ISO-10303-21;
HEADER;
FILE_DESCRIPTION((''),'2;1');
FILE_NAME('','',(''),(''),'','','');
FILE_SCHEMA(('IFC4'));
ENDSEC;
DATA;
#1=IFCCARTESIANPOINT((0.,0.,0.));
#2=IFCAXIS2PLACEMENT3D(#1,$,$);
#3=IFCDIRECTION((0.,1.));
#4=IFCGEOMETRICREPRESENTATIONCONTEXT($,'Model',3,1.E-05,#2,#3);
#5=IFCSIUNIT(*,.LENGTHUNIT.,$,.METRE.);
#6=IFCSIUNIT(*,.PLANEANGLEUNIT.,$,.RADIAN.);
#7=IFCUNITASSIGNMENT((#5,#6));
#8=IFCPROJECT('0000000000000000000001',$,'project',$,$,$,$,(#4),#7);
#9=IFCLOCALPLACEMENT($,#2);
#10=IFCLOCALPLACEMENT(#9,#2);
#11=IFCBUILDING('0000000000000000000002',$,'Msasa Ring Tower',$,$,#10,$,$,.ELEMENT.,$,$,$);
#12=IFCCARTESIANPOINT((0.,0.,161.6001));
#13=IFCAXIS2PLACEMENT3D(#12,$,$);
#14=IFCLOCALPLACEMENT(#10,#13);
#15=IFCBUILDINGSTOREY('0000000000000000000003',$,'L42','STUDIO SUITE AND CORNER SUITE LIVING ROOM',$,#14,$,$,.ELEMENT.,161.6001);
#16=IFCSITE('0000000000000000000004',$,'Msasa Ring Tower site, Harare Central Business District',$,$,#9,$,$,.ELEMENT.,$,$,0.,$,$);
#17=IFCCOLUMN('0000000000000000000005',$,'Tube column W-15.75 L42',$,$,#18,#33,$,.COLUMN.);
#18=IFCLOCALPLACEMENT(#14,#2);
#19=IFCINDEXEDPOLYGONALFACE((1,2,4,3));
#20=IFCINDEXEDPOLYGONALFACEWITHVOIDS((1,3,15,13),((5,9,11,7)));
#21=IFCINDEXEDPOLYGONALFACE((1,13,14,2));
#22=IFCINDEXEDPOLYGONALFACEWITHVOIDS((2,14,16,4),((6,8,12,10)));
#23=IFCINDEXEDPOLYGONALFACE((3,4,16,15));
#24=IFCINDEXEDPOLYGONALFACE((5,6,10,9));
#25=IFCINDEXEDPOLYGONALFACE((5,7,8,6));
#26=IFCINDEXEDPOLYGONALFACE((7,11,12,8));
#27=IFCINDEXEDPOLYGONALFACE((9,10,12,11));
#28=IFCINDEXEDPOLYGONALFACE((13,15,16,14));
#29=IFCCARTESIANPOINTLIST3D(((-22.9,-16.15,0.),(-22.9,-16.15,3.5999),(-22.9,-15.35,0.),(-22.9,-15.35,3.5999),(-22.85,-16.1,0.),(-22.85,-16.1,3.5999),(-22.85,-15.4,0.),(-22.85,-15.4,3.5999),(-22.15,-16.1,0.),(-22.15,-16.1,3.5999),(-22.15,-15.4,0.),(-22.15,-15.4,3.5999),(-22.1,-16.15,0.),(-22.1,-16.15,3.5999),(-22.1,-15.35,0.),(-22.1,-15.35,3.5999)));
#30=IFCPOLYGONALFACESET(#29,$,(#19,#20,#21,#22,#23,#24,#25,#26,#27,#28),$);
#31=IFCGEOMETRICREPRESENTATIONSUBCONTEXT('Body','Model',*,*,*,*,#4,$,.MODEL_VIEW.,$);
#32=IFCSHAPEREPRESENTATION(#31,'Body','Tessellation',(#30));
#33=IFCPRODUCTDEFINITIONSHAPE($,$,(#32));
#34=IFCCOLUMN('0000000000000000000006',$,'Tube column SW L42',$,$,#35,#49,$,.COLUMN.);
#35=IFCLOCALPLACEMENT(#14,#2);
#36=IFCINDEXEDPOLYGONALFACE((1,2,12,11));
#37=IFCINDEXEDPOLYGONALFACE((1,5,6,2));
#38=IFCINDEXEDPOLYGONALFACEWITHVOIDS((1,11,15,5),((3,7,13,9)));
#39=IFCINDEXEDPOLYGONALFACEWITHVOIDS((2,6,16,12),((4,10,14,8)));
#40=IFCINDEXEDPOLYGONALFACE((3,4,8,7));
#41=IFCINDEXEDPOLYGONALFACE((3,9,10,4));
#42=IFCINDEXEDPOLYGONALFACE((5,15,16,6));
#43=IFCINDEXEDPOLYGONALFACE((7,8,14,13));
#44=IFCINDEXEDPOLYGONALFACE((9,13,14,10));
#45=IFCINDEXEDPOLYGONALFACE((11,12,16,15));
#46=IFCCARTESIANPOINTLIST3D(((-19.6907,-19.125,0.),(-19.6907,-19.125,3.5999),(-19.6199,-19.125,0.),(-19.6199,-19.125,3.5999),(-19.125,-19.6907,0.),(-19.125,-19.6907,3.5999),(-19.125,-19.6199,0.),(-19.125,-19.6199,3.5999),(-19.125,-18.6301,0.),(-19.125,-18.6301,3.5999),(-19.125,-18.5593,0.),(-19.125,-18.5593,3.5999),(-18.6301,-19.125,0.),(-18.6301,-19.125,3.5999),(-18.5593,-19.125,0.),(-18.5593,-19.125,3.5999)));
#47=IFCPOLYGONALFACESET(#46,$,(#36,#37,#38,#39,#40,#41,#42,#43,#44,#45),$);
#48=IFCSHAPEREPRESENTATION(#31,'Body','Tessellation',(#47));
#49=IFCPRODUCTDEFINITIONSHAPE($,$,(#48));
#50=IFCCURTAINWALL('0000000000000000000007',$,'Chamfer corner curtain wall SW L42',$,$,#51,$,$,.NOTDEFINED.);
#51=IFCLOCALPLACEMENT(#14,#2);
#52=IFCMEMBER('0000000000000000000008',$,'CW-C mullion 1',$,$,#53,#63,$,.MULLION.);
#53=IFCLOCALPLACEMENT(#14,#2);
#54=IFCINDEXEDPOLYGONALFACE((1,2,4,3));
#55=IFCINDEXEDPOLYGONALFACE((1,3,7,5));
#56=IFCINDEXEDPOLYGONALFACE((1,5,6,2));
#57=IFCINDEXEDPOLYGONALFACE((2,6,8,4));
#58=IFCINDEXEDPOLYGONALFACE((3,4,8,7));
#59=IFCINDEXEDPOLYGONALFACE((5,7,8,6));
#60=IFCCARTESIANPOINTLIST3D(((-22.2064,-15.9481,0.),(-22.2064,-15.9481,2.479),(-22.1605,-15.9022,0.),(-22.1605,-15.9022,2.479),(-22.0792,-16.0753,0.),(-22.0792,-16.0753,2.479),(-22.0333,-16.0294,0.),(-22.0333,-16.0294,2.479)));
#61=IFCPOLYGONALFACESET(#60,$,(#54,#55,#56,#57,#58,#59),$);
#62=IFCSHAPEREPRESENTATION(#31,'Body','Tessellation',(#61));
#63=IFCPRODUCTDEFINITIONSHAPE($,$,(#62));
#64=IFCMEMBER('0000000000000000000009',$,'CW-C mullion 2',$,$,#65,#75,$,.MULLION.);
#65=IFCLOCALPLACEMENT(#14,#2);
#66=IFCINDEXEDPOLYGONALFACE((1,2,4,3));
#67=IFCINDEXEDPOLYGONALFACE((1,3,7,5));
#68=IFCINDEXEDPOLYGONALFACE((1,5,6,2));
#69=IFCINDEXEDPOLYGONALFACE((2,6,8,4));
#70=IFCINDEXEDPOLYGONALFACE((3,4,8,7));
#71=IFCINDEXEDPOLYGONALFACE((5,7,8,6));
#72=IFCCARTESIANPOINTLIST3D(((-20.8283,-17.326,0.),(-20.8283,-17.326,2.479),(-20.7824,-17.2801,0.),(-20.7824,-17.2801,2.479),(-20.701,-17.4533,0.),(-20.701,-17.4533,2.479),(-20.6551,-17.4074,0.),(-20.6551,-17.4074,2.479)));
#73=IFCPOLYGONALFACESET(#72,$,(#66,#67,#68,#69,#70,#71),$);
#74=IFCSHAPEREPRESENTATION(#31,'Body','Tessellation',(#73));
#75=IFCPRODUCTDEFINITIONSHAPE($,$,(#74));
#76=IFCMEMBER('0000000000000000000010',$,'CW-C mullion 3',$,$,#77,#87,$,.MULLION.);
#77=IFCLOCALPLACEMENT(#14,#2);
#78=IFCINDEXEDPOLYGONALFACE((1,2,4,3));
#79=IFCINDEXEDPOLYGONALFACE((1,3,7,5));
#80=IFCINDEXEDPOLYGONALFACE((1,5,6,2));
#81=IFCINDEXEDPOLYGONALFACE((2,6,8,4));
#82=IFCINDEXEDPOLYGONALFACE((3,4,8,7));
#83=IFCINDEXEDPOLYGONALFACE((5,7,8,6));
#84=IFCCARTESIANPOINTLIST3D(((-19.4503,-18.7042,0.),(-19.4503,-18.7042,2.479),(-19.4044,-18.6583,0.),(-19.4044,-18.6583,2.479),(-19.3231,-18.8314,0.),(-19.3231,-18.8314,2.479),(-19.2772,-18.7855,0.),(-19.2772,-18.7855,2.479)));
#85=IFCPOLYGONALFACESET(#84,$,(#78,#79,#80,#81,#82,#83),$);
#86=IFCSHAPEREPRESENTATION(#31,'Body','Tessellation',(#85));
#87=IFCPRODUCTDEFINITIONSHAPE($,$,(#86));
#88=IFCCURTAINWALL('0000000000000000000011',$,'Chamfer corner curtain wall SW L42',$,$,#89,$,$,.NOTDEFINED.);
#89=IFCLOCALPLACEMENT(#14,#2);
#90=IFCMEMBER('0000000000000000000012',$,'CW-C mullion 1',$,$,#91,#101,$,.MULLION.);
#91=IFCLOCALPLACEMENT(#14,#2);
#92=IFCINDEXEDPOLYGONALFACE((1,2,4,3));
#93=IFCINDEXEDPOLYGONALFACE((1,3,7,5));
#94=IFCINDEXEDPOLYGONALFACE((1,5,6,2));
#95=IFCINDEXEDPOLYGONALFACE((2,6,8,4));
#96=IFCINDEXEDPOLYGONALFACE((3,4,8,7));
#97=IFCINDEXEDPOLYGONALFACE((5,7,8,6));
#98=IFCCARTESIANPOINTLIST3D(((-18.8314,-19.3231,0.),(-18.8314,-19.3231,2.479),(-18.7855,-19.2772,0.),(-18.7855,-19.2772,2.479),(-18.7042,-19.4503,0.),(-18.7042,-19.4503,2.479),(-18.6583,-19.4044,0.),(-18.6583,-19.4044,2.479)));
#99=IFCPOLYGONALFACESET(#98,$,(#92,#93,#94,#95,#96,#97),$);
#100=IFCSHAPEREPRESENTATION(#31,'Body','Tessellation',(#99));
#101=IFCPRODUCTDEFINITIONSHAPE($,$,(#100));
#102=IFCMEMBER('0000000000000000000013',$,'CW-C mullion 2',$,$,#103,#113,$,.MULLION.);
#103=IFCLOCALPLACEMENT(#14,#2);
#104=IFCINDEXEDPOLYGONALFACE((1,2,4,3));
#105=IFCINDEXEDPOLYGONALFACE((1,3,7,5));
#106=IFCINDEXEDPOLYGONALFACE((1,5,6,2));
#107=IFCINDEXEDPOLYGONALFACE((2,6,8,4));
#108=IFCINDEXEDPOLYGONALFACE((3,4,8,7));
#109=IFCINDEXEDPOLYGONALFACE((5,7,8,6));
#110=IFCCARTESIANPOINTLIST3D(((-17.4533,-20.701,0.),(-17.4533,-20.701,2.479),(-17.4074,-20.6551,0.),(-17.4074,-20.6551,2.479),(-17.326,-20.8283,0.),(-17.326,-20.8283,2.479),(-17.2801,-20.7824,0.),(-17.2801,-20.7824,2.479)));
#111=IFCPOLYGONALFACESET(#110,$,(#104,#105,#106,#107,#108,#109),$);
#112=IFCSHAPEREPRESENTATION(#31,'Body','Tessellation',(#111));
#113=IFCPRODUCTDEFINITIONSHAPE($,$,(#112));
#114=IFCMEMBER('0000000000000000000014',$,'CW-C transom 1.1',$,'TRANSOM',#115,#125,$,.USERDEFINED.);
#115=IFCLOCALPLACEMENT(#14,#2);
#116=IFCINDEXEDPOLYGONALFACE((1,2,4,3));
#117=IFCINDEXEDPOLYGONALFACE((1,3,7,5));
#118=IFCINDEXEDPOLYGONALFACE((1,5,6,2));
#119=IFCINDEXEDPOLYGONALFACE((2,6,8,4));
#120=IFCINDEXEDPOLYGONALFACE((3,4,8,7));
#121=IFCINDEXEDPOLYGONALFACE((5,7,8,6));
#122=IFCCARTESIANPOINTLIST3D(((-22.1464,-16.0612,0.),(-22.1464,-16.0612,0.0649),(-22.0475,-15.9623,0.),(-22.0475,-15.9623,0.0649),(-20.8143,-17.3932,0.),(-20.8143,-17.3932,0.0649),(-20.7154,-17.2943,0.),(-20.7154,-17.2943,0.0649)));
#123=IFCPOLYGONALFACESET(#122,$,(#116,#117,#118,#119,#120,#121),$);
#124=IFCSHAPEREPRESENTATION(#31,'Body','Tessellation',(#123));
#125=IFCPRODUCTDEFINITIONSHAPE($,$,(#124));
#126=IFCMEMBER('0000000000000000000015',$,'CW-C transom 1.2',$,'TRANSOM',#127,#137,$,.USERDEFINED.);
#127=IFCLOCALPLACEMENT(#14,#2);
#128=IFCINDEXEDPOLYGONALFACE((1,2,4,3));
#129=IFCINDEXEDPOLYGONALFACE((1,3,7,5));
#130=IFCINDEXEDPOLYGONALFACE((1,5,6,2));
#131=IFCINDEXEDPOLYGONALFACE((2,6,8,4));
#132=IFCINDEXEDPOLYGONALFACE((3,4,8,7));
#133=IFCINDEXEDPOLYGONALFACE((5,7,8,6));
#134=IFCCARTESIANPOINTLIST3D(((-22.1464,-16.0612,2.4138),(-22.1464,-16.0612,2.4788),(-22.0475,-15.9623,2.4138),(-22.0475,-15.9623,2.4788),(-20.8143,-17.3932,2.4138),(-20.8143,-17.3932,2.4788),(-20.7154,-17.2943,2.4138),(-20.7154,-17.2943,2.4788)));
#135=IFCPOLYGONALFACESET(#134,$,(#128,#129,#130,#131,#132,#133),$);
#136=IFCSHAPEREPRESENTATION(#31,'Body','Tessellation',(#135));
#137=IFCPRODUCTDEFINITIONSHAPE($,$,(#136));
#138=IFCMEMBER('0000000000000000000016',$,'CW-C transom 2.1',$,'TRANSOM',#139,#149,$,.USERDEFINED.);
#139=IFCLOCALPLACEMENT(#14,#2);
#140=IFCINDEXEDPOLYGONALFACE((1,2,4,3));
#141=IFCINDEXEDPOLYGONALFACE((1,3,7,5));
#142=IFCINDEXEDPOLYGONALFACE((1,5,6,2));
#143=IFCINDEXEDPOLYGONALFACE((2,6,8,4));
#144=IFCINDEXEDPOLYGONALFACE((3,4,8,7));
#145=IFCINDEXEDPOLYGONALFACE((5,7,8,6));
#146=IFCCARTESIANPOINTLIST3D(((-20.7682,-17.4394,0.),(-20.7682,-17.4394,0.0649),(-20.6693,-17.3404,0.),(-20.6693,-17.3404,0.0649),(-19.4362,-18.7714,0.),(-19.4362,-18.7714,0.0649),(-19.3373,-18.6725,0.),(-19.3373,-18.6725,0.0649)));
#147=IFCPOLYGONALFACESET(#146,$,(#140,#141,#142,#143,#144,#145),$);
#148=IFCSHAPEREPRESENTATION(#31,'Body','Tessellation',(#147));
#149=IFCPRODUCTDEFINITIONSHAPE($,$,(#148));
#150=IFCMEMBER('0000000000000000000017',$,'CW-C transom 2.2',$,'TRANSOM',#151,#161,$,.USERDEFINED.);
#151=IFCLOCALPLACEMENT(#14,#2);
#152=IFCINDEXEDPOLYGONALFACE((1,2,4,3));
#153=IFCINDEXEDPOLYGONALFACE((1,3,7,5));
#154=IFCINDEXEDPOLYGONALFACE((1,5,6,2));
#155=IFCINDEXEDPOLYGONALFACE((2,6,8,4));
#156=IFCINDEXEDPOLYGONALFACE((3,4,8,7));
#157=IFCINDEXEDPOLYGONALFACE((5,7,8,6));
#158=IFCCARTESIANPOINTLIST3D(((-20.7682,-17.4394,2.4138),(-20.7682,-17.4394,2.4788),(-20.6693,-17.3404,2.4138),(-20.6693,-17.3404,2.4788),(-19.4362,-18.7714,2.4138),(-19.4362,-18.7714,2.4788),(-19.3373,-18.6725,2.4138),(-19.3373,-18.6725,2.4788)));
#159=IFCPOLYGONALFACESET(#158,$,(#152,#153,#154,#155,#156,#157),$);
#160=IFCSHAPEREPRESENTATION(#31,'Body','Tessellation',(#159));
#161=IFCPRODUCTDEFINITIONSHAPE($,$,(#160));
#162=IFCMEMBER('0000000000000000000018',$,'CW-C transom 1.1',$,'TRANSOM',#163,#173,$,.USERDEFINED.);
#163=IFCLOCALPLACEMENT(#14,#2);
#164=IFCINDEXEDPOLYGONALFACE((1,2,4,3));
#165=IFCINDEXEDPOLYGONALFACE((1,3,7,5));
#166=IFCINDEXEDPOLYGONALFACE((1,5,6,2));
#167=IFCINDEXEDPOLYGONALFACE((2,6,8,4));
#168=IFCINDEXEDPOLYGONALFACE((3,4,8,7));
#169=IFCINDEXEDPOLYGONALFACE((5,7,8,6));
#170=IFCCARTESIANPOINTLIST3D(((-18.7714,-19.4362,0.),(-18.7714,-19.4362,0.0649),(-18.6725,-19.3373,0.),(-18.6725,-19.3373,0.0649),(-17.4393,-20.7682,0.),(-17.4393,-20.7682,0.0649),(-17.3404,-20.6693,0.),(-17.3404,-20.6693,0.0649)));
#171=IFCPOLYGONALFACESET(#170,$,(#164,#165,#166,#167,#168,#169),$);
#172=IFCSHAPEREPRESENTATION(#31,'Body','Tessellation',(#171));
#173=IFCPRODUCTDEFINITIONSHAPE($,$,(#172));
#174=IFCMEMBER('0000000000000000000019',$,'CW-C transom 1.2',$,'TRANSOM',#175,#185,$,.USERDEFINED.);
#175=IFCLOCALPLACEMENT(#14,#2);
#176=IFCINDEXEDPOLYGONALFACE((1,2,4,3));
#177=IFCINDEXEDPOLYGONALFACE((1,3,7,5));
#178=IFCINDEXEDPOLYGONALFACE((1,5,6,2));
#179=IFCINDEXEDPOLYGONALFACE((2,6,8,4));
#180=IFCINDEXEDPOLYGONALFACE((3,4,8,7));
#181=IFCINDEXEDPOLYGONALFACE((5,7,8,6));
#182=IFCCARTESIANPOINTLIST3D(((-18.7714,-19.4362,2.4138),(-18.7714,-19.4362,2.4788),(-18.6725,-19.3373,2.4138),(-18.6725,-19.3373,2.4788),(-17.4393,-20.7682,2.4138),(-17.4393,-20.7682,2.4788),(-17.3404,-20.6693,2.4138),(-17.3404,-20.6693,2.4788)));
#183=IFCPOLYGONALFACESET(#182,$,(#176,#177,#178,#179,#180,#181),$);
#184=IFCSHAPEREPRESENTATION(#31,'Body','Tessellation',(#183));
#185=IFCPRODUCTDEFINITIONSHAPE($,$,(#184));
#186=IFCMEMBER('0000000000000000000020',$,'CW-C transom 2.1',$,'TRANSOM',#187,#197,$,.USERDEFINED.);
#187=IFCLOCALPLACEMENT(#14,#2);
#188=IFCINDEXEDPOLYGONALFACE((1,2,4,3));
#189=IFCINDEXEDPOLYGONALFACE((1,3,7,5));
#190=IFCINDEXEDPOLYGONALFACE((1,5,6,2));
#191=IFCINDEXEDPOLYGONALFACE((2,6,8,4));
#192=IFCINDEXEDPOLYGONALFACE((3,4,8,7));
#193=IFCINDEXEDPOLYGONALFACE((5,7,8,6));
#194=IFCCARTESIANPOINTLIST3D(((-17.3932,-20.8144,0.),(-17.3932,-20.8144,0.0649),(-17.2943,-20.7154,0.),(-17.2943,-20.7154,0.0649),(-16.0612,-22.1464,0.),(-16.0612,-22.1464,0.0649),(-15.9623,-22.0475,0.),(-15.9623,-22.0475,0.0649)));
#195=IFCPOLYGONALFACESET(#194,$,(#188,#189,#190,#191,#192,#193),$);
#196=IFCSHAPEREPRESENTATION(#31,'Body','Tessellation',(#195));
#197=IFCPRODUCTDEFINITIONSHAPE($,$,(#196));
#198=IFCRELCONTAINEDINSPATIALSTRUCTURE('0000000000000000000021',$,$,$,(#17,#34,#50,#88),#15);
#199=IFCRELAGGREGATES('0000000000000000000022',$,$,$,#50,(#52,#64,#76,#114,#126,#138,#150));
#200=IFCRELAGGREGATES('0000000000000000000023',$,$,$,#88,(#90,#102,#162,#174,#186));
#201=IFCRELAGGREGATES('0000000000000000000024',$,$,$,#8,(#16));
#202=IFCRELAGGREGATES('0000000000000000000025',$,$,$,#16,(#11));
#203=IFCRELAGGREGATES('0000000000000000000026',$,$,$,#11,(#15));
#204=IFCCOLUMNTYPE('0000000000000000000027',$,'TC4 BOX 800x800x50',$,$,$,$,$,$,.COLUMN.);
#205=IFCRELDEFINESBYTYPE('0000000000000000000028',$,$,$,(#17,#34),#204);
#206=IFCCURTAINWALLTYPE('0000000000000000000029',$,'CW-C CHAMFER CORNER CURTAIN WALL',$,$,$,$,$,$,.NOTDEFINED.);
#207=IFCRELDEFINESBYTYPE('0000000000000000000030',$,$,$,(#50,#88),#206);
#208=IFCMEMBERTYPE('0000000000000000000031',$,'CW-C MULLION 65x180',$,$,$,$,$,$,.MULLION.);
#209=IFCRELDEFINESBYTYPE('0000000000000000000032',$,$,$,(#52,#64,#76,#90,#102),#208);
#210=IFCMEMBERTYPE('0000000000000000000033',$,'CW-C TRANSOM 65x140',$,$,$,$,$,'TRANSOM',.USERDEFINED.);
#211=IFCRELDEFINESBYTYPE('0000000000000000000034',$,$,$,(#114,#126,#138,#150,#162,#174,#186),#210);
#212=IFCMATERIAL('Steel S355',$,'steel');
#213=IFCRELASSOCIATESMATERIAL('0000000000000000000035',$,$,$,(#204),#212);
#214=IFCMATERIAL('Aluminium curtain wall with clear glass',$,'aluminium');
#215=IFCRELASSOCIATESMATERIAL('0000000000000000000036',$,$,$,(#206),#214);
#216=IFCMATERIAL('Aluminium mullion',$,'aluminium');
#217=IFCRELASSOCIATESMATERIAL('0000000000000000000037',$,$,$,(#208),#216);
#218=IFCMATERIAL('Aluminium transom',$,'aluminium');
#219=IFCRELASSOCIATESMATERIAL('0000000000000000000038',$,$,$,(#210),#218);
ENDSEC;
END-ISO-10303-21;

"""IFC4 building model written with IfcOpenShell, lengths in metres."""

from ifc_helpers import new_model, si_unit, direction, frame, origin, origin_2d, place, context, subcontext, project, spatial, rectangle, hollow_rectangle, extrude, material, material_profile, profile_set, type_object, element, aggregate, save


model = new_model("IFC4")

# Units and contexts
model_context = context("Model", 3, precision=1e-05, world=origin(), true_north=direction((0.0, 1.0)))
body_context = subcontext(model_context, "Body", "Model", "MODEL_VIEW")
ifc_project = project(units=[si_unit("LENGTHUNIT", "METRE"), si_unit("PLANEANGLEUNIT", "RADIAN")], contexts=[model_context])

# Site, building, storey
site_placement = place(None, origin())
site = spatial("IfcSite", under=ifc_project, at=site_placement, Name="Msasa Ring Tower site, Harare Central Business District", CompositionType="ELEMENT", RefElevation=0.0)
building_placement = place(site_placement, origin())
building = spatial("IfcBuilding", under=site, at=building_placement, Name="Msasa Ring Tower", CompositionType="ELEMENT")
storey_placement = place(building_placement, frame((0.0, 0.0, 161.6001)))
storey = spatial("IfcBuildingStorey", under=building, at=storey_placement, Name="L42", Description="STUDIO SUITE AND CORNER SUITE LIVING ROOM", CompositionType="ELEMENT", Elevation=161.6001)

# Columns
ifc_material_1 = material(Name="Steel S355", Category="steel")
ifc_material_profile_1 = material_profile(ifc_material_1, hollow_rectangle(XDim=0.8, YDim=0.8, WallThickness=0.05, at=origin_2d()), Name="BOX 800x800x50")
ifc_profile_set_1 = profile_set([ifc_material_profile_1], Name="Steel S355")
column_type = type_object("IfcColumnType", Name="TC4 BOX 800x800x50", PredefinedType="COLUMN", material=ifc_profile_set_1)
for number, where, z_axis, x_axis, name in (
    (1, (-22.5, -15.75, 0.0), (0.0, 0.0, 1.0), (1.0, 0.0, 0.0), "Tube column W-15.75 L42"),
    (2, (-19.125, -19.125, 0.0), (0.0, 0.0, 1.0), (0.707107, 0.707107, 0.0), "Tube column SW L42"),
):
    element("IfcColumn", number, at=place(storey_placement, frame(where, z_axis=z_axis, x_axis=x_axis)), inside=storey, type_object=column_type, Name=name, PredefinedType="COLUMN", context=body_context, shape_type="SweptSolid", body=[
        extrude(hollow_rectangle(XDim=0.8, YDim=0.8, WallThickness=0.05, at=origin_2d()), origin(), (0.0, 0.0, 1.0), 3.5999),
    ])

# Curtain walls, members
ifc_material_2 = material(Name="Aluminium curtain wall with clear glass", Category="aluminium")
curtain_wall_type = type_object("IfcCurtainWallType", Name="CW-C CHAMFER CORNER CURTAIN WALL", PredefinedType="NOTDEFINED", material=ifc_material_2)
curtain_wall_1_placement = place(storey_placement, origin())
curtain_wall_1 = element("IfcCurtainWall", 3, at=curtain_wall_1_placement, inside=storey, type_object=curtain_wall_type, Name="Chamfer corner curtain wall SW L42", PredefinedType="NOTDEFINED")
ifc_material_3 = material(Name="Aluminium mullion", Category="aluminium")
ifc_material_profile_2 = material_profile(ifc_material_3, rectangle(XDim=0.0649, YDim=0.1799, at=origin_2d()), Name="AL 65x180")
ifc_profile_set_2 = profile_set([ifc_material_profile_2], Name="Aluminium mullion")
member_type_1 = type_object("IfcMemberType", Name="CW-C MULLION 65x180", PredefinedType="MULLION", material=ifc_profile_set_2)
member_1_placement = place(storey_placement, frame((-22.1199, -15.9888, 0.0), z_axis=(0.0, 0.0, 1.0), x_axis=(0.707107, 0.707107, 0.0)))
member_1 = element("IfcMember", 4, at=member_1_placement, type_object=member_type_1, Name="CW-C mullion 1", PredefinedType="MULLION", context=body_context, shape_type="SweptSolid", body=[
    extrude(rectangle(XDim=0.0649, YDim=0.1799, at=origin_2d()), origin(), (0.0, 0.0, 1.0), 2.479),
])
member_2_placement = place(storey_placement, frame((-20.7417, -17.3667, 0.0), z_axis=(0.0, 0.0, 1.0), x_axis=(0.707107, 0.707107, 0.0)))
member_2 = element("IfcMember", 5, at=member_2_placement, type_object=member_type_1, Name="CW-C mullion 2", PredefinedType="MULLION", context=body_context, shape_type="SweptSolid", body=[
    extrude(rectangle(XDim=0.0649, YDim=0.1799, at=origin_2d()), origin(), (0.0, 0.0, 1.0), 2.479),
])
member_3_placement = place(storey_placement, frame((-19.3638, -18.7449, 0.0), z_axis=(0.0, 0.0, 1.0), x_axis=(0.707107, 0.707107, 0.0)))
member_3 = element("IfcMember", 6, at=member_3_placement, type_object=member_type_1, Name="CW-C mullion 3", PredefinedType="MULLION", context=body_context, shape_type="SweptSolid", body=[
    extrude(rectangle(XDim=0.0649, YDim=0.1799, at=origin_2d()), origin(), (0.0, 0.0, 1.0), 2.479),
])
curtain_wall_2_placement = place(storey_placement, origin())
curtain_wall_2 = element("IfcCurtainWall", 7, at=curtain_wall_2_placement, inside=storey, type_object=curtain_wall_type, Name="Chamfer corner curtain wall SW L42", PredefinedType="NOTDEFINED")
member_4_placement = place(storey_placement, frame((-18.7449, -19.3638, 0.0), z_axis=(0.0, 0.0, 1.0), x_axis=(0.707107, 0.707107, 0.0)))
member_4 = element("IfcMember", 8, at=member_4_placement, type_object=member_type_1, Name="CW-C mullion 1", PredefinedType="MULLION", context=body_context, shape_type="SweptSolid", body=[
    extrude(rectangle(XDim=0.0649, YDim=0.1799, at=origin_2d()), origin(), (0.0, 0.0, 1.0), 2.479),
])
member_5_placement = place(storey_placement, frame((-17.3667, -20.7417, 0.0), z_axis=(0.0, 0.0, 1.0), x_axis=(0.707107, 0.707107, 0.0)))
member_5 = element("IfcMember", 9, at=member_5_placement, type_object=member_type_1, Name="CW-C mullion 2", PredefinedType="MULLION", context=body_context, shape_type="SweptSolid", body=[
    extrude(rectangle(XDim=0.0649, YDim=0.1799, at=origin_2d()), origin(), (0.0, 0.0, 1.0), 2.479),
])

# Members
ifc_material_4 = material(Name="Aluminium transom", Category="aluminium")
ifc_material_profile_3 = material_profile(ifc_material_4, rectangle(XDim=0.1399, YDim=0.0649, at=origin_2d()), Name="AL 65x140")
ifc_profile_set_3 = profile_set([ifc_material_profile_3], Name="Aluminium transom")
member_type_2 = type_object("IfcMemberType", Name="CW-C TRANSOM 65x140", ElementType="TRANSOM", PredefinedType="USERDEFINED", material=ifc_profile_set_3)
member_6_placement = place(storey_placement, frame((-22.0969, -16.0117, 0.0325), z_axis=(0.707107, -0.707107, 0.0), x_axis=(0.707107, 0.707107, 0.0)))
member_6 = element("IfcMember", 10, at=member_6_placement, type_object=member_type_2, Name="CW-C transom 1.1", ObjectType="TRANSOM", PredefinedType="USERDEFINED", context=body_context, shape_type="SweptSolid", body=[
    extrude(rectangle(XDim=0.1399, YDim=0.0649, at=origin_2d()), origin(), (0.0, 0.0, 1.0), 1.8838),
])
member_7_placement = place(storey_placement, frame((-22.0969, -16.0117, 2.4463), z_axis=(0.707107, -0.707107, 0.0), x_axis=(0.707107, 0.707107, 0.0)))
member_7 = element("IfcMember", 11, at=member_7_placement, type_object=member_type_2, Name="CW-C transom 1.2", ObjectType="TRANSOM", PredefinedType="USERDEFINED", context=body_context, shape_type="SweptSolid", body=[
    extrude(rectangle(XDim=0.1399, YDim=0.0649, at=origin_2d()), origin(), (0.0, 0.0, 1.0), 1.8838),
])
member_8_placement = place(storey_placement, frame((-20.7188, -17.3899, 0.0325), z_axis=(0.707107, -0.707107, 0.0), x_axis=(0.707107, 0.707107, 0.0)))
member_8 = element("IfcMember", 12, at=member_8_placement, type_object=member_type_2, Name="CW-C transom 2.1", ObjectType="TRANSOM", PredefinedType="USERDEFINED", context=body_context, shape_type="SweptSolid", body=[
    extrude(rectangle(XDim=0.1399, YDim=0.0649, at=origin_2d()), origin(), (0.0, 0.0, 1.0), 1.8838),
])
member_9_placement = place(storey_placement, frame((-20.7188, -17.3899, 2.4463), z_axis=(0.707107, -0.707107, 0.0), x_axis=(0.707107, 0.707107, 0.0)))
member_9 = element("IfcMember", 13, at=member_9_placement, type_object=member_type_2, Name="CW-C transom 2.2", ObjectType="TRANSOM", PredefinedType="USERDEFINED", context=body_context, shape_type="SweptSolid", body=[
    extrude(rectangle(XDim=0.1399, YDim=0.0649, at=origin_2d()), origin(), (0.0, 0.0, 1.0), 1.8838),
])
member_10_placement = place(storey_placement, frame((-18.7219, -19.3867, 0.0325), z_axis=(0.707107, -0.707107, 0.0), x_axis=(0.707107, 0.707107, 0.0)))
member_10 = element("IfcMember", 14, at=member_10_placement, type_object=member_type_2, Name="CW-C transom 1.1", ObjectType="TRANSOM", PredefinedType="USERDEFINED", context=body_context, shape_type="SweptSolid", body=[
    extrude(rectangle(XDim=0.1399, YDim=0.0649, at=origin_2d()), origin(), (0.0, 0.0, 1.0), 1.8838),
])
member_11_placement = place(storey_placement, frame((-18.7219, -19.3867, 2.4463), z_axis=(0.707107, -0.707107, 0.0), x_axis=(0.707107, 0.707107, 0.0)))
member_11 = element("IfcMember", 15, at=member_11_placement, type_object=member_type_2, Name="CW-C transom 1.2", ObjectType="TRANSOM", PredefinedType="USERDEFINED", context=body_context, shape_type="SweptSolid", body=[
    extrude(rectangle(XDim=0.1399, YDim=0.0649, at=origin_2d()), origin(), (0.0, 0.0, 1.0), 1.8838),
])
member_12_placement = place(storey_placement, frame((-17.3438, -20.7649, 0.0325), z_axis=(0.707107, -0.707107, 0.0), x_axis=(0.707107, 0.707107, 0.0)))
member_12 = element("IfcMember", 16, at=member_12_placement, type_object=member_type_2, Name="CW-C transom 2.1", ObjectType="TRANSOM", PredefinedType="USERDEFINED", context=body_context, shape_type="SweptSolid", body=[
    extrude(rectangle(XDim=0.1399, YDim=0.0649, at=origin_2d()), origin(), (0.0, 0.0, 1.0), 1.8838),
])

aggregate(curtain_wall_1, [member_1, member_2, member_3, member_6, member_7, member_8, member_9])
aggregate(curtain_wall_2, [member_4, member_5, member_10, member_11, member_12])

save(model, "model.ifc")
